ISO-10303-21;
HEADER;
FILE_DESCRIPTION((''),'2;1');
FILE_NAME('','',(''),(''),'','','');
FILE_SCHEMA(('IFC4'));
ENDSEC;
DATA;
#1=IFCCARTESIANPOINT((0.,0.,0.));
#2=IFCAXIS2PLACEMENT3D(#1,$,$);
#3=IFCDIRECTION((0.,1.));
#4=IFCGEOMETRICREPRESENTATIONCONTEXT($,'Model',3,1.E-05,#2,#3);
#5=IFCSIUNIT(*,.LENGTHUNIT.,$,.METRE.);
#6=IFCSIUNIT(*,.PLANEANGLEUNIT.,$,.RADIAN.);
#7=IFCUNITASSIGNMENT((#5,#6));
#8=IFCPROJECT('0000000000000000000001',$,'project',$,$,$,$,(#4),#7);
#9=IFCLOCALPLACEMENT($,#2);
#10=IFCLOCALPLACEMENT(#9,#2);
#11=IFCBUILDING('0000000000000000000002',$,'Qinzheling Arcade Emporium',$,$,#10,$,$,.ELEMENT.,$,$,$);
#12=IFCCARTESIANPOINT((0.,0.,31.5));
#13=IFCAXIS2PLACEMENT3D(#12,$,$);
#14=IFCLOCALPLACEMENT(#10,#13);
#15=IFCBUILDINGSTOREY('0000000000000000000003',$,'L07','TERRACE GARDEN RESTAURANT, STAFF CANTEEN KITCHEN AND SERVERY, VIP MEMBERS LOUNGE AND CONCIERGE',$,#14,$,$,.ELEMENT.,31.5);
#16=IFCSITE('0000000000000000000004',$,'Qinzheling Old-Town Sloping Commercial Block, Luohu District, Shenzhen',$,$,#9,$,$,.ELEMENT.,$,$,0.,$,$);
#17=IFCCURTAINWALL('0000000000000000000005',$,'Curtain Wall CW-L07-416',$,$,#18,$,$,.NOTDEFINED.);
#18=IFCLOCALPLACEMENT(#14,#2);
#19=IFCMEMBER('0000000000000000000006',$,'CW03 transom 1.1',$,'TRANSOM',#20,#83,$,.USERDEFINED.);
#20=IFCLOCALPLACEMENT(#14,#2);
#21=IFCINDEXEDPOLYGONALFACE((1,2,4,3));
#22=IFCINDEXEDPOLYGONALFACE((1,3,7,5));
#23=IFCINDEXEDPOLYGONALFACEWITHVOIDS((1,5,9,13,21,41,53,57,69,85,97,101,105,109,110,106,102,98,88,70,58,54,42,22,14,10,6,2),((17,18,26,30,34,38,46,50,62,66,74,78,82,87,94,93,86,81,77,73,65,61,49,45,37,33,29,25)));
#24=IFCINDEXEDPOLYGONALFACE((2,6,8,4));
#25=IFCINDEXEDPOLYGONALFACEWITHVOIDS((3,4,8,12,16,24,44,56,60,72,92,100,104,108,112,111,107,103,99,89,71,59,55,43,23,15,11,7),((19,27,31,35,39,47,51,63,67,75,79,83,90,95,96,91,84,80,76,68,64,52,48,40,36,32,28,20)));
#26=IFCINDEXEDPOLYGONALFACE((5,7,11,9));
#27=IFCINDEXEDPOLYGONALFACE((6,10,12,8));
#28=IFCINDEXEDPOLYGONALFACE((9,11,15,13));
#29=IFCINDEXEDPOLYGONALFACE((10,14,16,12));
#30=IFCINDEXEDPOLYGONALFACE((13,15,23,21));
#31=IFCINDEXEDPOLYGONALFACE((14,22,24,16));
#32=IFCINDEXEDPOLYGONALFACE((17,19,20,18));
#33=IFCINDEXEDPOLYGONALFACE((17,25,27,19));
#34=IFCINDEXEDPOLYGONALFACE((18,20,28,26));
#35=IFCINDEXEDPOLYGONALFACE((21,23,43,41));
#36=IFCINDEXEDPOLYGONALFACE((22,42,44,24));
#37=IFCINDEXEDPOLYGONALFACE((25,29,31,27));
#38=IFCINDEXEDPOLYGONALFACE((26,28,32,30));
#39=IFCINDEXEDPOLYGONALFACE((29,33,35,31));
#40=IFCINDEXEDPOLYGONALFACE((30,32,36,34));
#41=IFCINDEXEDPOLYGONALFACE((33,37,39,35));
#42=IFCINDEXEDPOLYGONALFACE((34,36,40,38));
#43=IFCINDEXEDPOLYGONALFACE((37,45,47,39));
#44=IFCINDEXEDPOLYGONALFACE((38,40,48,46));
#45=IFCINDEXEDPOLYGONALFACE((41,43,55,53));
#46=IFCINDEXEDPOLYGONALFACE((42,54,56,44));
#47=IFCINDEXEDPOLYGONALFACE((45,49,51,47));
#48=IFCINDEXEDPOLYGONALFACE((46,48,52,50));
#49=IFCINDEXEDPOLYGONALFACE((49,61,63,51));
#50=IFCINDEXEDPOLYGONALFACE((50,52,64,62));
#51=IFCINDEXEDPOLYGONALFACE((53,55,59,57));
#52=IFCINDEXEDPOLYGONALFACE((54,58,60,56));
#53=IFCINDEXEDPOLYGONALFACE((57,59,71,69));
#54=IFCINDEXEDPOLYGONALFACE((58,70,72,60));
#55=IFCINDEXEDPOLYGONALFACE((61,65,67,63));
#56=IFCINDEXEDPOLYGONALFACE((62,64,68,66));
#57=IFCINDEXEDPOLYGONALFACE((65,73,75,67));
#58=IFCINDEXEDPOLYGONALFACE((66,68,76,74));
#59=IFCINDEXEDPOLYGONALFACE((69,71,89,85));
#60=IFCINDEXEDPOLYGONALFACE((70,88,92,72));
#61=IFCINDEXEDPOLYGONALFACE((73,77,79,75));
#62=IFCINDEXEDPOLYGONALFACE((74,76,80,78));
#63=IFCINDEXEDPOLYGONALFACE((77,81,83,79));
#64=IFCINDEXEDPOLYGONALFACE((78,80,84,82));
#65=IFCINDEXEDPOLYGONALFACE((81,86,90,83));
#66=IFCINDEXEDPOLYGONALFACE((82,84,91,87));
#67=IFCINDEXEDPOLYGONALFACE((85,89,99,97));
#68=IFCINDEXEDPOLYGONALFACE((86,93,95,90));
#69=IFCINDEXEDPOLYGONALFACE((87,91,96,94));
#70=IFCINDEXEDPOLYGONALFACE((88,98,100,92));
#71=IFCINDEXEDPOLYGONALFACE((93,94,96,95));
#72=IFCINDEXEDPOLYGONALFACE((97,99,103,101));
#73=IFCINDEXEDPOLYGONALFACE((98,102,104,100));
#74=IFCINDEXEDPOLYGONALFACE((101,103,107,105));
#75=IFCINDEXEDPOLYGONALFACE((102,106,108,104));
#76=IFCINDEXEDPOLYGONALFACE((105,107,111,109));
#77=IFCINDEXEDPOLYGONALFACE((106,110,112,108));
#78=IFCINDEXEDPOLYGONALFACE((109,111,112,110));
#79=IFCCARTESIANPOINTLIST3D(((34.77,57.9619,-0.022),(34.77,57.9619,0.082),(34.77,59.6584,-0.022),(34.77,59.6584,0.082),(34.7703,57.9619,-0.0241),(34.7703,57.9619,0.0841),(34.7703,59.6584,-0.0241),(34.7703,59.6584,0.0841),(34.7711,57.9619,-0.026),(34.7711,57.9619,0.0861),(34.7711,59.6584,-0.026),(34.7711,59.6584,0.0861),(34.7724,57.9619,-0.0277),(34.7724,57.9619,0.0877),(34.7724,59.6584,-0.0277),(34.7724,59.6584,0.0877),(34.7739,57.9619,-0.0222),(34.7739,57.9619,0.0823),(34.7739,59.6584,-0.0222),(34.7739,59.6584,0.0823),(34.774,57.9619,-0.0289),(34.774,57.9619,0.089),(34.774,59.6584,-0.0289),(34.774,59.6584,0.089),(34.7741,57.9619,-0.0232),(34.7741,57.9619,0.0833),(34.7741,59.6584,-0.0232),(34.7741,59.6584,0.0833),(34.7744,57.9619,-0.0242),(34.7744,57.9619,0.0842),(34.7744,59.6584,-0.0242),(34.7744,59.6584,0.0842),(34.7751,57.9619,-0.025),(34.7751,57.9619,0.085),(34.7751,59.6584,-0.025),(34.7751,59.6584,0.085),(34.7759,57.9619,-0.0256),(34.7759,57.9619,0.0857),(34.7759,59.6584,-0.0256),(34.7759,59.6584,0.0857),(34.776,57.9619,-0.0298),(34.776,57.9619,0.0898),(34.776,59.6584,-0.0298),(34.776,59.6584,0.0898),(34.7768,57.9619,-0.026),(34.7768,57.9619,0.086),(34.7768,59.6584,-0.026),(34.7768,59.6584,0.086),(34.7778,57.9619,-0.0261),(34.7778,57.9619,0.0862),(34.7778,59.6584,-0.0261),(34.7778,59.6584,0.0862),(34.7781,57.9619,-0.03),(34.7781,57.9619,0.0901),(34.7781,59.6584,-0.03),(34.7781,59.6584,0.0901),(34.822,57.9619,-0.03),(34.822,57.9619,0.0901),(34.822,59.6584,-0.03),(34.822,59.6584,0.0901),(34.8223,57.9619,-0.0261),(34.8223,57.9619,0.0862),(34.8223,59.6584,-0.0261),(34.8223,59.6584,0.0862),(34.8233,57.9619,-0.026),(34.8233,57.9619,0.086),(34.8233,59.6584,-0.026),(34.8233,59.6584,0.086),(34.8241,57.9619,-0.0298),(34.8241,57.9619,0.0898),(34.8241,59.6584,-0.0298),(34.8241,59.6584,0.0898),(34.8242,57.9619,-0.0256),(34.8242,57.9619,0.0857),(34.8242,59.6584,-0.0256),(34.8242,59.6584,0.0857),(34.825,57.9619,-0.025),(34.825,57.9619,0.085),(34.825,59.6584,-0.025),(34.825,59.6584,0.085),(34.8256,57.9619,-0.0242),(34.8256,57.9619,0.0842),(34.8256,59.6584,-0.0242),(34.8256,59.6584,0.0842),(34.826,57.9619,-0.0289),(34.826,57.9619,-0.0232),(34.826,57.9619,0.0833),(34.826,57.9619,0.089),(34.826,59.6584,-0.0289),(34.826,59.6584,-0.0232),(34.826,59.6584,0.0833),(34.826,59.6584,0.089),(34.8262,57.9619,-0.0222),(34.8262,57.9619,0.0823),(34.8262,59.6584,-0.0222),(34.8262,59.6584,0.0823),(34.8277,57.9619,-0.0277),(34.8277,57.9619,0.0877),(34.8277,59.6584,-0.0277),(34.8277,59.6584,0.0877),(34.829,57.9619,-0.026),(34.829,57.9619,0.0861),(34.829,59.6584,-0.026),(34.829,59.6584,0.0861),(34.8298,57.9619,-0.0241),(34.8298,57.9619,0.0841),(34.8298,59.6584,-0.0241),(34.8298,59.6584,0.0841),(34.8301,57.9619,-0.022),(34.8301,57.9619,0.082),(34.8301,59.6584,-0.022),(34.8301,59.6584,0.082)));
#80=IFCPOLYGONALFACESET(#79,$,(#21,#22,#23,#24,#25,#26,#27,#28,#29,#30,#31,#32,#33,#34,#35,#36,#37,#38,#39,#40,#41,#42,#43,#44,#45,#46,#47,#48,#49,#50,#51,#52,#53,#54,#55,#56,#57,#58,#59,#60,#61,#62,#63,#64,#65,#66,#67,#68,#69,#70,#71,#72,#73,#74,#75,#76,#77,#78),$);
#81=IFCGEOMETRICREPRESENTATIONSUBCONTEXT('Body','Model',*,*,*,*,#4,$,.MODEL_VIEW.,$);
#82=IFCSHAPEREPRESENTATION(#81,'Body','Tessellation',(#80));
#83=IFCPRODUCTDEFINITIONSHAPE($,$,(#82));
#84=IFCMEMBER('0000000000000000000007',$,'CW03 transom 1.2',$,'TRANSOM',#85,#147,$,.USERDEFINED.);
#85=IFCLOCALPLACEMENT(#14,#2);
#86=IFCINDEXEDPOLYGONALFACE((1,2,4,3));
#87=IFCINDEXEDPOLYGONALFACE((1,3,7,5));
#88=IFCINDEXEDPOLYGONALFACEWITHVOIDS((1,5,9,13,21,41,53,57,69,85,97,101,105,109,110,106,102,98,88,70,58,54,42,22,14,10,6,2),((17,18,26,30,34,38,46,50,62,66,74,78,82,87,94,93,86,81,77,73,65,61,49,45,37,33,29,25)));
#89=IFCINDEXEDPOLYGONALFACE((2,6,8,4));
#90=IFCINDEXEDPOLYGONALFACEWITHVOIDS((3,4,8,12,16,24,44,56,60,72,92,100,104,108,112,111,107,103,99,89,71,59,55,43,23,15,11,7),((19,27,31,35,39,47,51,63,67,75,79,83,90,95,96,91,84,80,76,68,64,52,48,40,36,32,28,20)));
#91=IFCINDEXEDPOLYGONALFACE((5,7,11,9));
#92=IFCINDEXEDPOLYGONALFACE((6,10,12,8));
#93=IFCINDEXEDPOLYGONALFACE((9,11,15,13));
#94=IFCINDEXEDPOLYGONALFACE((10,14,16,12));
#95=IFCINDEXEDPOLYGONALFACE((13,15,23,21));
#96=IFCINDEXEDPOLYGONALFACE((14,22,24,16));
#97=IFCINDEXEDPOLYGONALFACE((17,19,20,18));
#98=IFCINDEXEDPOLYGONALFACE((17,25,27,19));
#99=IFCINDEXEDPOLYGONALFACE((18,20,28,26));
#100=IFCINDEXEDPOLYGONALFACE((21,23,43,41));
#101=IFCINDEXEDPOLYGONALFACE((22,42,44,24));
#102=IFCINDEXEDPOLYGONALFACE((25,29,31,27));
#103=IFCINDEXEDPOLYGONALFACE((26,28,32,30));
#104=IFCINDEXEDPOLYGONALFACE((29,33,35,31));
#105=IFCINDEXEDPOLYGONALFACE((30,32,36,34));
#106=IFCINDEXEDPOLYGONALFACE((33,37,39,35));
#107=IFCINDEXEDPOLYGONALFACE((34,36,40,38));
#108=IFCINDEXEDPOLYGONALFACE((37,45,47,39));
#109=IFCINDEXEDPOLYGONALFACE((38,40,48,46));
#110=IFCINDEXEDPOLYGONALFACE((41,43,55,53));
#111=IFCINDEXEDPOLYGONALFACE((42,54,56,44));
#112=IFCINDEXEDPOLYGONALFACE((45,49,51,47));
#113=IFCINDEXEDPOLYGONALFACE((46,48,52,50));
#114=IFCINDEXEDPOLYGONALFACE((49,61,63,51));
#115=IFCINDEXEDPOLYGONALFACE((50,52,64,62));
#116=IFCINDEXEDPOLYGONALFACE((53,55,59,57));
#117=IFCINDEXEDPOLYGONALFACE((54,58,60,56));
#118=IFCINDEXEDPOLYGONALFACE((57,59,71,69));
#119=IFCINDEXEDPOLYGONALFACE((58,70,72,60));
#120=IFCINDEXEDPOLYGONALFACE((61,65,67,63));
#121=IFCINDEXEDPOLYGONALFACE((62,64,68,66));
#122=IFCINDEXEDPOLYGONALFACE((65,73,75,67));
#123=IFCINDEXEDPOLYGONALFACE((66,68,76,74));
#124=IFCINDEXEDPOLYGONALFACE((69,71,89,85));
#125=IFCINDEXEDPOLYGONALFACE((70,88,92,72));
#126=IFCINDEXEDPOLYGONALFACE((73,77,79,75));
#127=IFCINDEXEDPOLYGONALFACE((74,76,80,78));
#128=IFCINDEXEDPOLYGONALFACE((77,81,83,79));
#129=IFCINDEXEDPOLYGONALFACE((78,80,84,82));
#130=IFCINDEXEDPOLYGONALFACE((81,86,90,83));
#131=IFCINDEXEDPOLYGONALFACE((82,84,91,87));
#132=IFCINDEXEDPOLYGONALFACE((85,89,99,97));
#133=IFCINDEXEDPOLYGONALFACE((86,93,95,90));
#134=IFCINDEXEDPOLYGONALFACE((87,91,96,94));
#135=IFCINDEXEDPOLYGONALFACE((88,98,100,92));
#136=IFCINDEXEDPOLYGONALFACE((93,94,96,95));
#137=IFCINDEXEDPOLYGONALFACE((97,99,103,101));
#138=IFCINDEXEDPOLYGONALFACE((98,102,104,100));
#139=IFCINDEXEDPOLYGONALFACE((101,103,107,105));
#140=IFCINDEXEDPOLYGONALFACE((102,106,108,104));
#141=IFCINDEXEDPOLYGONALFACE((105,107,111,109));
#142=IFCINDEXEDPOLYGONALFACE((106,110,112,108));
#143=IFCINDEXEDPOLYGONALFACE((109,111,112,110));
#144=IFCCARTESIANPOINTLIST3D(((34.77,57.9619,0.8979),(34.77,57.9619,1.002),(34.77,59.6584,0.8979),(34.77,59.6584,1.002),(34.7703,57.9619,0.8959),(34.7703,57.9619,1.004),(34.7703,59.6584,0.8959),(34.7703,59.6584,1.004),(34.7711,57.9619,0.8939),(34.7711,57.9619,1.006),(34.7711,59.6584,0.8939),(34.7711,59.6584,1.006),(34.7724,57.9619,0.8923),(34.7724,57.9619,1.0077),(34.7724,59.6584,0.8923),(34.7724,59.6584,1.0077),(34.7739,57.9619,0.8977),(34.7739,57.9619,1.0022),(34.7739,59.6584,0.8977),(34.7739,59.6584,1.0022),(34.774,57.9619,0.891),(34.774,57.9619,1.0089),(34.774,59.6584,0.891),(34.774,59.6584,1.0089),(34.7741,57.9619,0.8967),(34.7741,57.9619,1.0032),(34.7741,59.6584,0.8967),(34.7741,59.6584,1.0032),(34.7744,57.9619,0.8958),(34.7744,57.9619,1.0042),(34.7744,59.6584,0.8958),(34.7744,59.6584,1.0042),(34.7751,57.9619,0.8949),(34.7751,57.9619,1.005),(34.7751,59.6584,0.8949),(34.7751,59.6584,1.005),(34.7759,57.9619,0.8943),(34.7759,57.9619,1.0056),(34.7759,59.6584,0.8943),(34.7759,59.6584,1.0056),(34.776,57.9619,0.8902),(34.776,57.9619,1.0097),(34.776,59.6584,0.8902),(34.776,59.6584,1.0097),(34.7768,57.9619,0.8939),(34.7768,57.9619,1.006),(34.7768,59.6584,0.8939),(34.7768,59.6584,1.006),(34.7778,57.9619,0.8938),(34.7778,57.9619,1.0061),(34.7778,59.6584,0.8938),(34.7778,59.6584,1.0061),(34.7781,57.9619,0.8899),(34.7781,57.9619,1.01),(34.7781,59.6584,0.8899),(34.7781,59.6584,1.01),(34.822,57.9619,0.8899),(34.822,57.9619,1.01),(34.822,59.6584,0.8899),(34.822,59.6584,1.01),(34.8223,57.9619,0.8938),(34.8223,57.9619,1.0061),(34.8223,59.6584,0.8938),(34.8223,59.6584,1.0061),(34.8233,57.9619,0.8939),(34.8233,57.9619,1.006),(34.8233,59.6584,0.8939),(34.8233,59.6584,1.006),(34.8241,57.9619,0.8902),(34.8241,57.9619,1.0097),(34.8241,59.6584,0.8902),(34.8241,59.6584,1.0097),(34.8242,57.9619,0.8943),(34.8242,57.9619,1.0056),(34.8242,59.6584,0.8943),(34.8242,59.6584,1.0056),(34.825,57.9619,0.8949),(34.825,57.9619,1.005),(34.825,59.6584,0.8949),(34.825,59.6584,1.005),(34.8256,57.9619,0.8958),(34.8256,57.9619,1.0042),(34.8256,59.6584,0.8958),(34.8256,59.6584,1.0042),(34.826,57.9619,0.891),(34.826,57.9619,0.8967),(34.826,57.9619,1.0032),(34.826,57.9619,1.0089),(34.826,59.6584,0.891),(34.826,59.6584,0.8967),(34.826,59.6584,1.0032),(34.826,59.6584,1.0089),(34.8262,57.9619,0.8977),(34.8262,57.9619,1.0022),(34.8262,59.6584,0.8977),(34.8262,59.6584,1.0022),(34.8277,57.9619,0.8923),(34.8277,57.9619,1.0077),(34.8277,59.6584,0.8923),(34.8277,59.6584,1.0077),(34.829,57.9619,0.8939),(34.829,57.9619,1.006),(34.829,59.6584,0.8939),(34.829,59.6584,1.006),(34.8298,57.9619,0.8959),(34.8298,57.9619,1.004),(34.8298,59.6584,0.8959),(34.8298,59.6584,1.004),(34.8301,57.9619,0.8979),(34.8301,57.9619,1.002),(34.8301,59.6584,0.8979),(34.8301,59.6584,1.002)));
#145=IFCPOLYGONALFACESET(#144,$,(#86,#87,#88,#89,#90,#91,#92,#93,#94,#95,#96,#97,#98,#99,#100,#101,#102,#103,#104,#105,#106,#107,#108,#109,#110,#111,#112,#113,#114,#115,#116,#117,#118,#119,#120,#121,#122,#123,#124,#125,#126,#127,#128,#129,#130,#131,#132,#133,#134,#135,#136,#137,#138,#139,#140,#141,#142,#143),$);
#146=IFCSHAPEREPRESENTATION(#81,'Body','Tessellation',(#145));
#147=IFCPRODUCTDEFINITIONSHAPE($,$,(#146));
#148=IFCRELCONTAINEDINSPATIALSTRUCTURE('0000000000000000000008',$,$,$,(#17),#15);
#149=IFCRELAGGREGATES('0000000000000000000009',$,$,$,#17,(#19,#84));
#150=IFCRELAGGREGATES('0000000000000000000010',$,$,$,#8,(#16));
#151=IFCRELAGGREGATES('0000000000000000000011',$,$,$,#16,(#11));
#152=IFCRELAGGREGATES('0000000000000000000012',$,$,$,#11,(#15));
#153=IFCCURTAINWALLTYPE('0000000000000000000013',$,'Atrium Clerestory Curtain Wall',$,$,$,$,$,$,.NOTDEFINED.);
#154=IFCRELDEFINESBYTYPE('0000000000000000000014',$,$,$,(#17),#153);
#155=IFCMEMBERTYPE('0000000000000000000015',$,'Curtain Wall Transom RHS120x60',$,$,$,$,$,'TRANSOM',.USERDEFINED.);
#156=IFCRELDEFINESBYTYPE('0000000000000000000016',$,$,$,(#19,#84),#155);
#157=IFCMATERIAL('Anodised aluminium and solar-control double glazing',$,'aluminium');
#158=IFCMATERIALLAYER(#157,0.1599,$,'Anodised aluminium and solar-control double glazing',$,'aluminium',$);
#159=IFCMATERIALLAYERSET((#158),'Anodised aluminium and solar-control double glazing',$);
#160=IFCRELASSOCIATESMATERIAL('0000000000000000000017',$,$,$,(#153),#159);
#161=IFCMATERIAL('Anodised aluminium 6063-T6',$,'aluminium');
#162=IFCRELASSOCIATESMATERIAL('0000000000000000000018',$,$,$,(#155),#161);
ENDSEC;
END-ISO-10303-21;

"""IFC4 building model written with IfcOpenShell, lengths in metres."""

from ifc_helpers import new_model, si_unit, direction, frame, origin, origin_2d, place, context, subcontext, project, spatial, hollow_rectangle, extrude, material, layer, layer_set, material_profile, profile_set, type_object, element, aggregate, save


model = new_model("IFC4")

# Units and contexts
model_context = context("Model", 3, precision=1e-05, world=origin(), true_north=direction((0.0, 1.0)))
body_context = subcontext(model_context, "Body", "Model", "MODEL_VIEW")
ifc_project = project(units=[si_unit("LENGTHUNIT", "METRE"), si_unit("PLANEANGLEUNIT", "RADIAN")], contexts=[model_context])

# Site, building, storey
site_placement = place(None, origin())
site = spatial("IfcSite", under=ifc_project, at=site_placement, Name="Qinzheling Old-Town Sloping Commercial Block, Luohu District, Shenzhen", CompositionType="ELEMENT", RefElevation=0.0)
building_placement = place(site_placement, origin())
building = spatial("IfcBuilding", under=site, at=building_placement, Name="Qinzheling Arcade Emporium", CompositionType="ELEMENT")
storey_placement = place(building_placement, frame((0.0, 0.0, 31.5)))
storey = spatial("IfcBuildingStorey", under=building, at=storey_placement, Name="L07", Description="TERRACE GARDEN RESTAURANT, STAFF CANTEEN KITCHEN AND SERVERY, VIP MEMBERS LOUNGE AND CONCIERGE", CompositionType="ELEMENT", Elevation=31.5)

# Shared definitions
ifc_material_1 = material(Name="Anodised aluminium and solar-control double glazing", Category="aluminium")
ifc_layer_1 = layer(ifc_material_1, 0.1599, Name="Anodised aluminium and solar-control double glazing", Category="aluminium")
ifc_layer_set_1 = layer_set([ifc_layer_1], Name="Anodised aluminium and solar-control double glazing")
curtain_wall_type = type_object("IfcCurtainWallType", Name="Atrium Clerestory Curtain Wall", PredefinedType="NOTDEFINED", material=ifc_layer_set_1)
ifc_material_2 = material(Name="Anodised aluminium 6063-T6", Category="aluminium")

# Curtain wall, members
curtain_wall_1_placement = place(storey_placement, origin())
curtain_wall_1 = element("IfcCurtainWall", 1, at=curtain_wall_1_placement, inside=storey, type_object=curtain_wall_type, Name="Curtain Wall CW-L07-416", PredefinedType="NOTDEFINED")
ifc_material_profile_1 = material_profile(ifc_material_2, hollow_rectangle(XDim=0.0601, YDim=0.1201, WallThickness=0.0039, InnerFilletRadius=0.0039, OuterFilletRadius=0.0081, at=origin_2d()), Name="RHS 120x60x4", Category="aluminium")
ifc_profile_set_1 = profile_set([ifc_material_profile_1], Name="Anodised aluminium 6063-T6")
member_type_1 = type_object("IfcMemberType", Name="Curtain Wall Transom RHS120x60", ElementType="TRANSOM", PredefinedType="USERDEFINED", material=ifc_profile_set_1)
member_1_placement = place(storey_placement, frame((34.8, 57.9619, 0.03), z_axis=(0.0, 1.0, 0.0), x_axis=(-1.0, 0.0, 0.0)))
member_1 = element("IfcMember", 2, at=member_1_placement, type_object=member_type_1, Name="CW03 transom 1.1", ObjectType="TRANSOM", PredefinedType="USERDEFINED", context=body_context, shape_type="SweptSolid", body=[
    extrude(hollow_rectangle(XDim=0.0601, YDim=0.1201, WallThickness=0.0039, InnerFilletRadius=0.0039, OuterFilletRadius=0.0081, at=origin_2d()), origin(), (0.0, 0.0, 1.0), 1.6965),
])
member_2_placement = place(storey_placement, frame((34.8, 57.9619, 0.95), z_axis=(0.0, 1.0, 0.0), x_axis=(-1.0, 0.0, 0.0)))
member_2 = element("IfcMember", 3, at=member_2_placement, type_object=member_type_1, Name="CW03 transom 1.2", ObjectType="TRANSOM", PredefinedType="USERDEFINED", context=body_context, shape_type="SweptSolid", body=[
    extrude(hollow_rectangle(XDim=0.0601, YDim=0.1201, WallThickness=0.0039, InnerFilletRadius=0.0039, OuterFilletRadius=0.0081, at=origin_2d()), origin(), (0.0, 0.0, 1.0), 1.6965),
])
aggregate(curtain_wall_1, [member_1, member_2])

save(model, "model.ifc")
